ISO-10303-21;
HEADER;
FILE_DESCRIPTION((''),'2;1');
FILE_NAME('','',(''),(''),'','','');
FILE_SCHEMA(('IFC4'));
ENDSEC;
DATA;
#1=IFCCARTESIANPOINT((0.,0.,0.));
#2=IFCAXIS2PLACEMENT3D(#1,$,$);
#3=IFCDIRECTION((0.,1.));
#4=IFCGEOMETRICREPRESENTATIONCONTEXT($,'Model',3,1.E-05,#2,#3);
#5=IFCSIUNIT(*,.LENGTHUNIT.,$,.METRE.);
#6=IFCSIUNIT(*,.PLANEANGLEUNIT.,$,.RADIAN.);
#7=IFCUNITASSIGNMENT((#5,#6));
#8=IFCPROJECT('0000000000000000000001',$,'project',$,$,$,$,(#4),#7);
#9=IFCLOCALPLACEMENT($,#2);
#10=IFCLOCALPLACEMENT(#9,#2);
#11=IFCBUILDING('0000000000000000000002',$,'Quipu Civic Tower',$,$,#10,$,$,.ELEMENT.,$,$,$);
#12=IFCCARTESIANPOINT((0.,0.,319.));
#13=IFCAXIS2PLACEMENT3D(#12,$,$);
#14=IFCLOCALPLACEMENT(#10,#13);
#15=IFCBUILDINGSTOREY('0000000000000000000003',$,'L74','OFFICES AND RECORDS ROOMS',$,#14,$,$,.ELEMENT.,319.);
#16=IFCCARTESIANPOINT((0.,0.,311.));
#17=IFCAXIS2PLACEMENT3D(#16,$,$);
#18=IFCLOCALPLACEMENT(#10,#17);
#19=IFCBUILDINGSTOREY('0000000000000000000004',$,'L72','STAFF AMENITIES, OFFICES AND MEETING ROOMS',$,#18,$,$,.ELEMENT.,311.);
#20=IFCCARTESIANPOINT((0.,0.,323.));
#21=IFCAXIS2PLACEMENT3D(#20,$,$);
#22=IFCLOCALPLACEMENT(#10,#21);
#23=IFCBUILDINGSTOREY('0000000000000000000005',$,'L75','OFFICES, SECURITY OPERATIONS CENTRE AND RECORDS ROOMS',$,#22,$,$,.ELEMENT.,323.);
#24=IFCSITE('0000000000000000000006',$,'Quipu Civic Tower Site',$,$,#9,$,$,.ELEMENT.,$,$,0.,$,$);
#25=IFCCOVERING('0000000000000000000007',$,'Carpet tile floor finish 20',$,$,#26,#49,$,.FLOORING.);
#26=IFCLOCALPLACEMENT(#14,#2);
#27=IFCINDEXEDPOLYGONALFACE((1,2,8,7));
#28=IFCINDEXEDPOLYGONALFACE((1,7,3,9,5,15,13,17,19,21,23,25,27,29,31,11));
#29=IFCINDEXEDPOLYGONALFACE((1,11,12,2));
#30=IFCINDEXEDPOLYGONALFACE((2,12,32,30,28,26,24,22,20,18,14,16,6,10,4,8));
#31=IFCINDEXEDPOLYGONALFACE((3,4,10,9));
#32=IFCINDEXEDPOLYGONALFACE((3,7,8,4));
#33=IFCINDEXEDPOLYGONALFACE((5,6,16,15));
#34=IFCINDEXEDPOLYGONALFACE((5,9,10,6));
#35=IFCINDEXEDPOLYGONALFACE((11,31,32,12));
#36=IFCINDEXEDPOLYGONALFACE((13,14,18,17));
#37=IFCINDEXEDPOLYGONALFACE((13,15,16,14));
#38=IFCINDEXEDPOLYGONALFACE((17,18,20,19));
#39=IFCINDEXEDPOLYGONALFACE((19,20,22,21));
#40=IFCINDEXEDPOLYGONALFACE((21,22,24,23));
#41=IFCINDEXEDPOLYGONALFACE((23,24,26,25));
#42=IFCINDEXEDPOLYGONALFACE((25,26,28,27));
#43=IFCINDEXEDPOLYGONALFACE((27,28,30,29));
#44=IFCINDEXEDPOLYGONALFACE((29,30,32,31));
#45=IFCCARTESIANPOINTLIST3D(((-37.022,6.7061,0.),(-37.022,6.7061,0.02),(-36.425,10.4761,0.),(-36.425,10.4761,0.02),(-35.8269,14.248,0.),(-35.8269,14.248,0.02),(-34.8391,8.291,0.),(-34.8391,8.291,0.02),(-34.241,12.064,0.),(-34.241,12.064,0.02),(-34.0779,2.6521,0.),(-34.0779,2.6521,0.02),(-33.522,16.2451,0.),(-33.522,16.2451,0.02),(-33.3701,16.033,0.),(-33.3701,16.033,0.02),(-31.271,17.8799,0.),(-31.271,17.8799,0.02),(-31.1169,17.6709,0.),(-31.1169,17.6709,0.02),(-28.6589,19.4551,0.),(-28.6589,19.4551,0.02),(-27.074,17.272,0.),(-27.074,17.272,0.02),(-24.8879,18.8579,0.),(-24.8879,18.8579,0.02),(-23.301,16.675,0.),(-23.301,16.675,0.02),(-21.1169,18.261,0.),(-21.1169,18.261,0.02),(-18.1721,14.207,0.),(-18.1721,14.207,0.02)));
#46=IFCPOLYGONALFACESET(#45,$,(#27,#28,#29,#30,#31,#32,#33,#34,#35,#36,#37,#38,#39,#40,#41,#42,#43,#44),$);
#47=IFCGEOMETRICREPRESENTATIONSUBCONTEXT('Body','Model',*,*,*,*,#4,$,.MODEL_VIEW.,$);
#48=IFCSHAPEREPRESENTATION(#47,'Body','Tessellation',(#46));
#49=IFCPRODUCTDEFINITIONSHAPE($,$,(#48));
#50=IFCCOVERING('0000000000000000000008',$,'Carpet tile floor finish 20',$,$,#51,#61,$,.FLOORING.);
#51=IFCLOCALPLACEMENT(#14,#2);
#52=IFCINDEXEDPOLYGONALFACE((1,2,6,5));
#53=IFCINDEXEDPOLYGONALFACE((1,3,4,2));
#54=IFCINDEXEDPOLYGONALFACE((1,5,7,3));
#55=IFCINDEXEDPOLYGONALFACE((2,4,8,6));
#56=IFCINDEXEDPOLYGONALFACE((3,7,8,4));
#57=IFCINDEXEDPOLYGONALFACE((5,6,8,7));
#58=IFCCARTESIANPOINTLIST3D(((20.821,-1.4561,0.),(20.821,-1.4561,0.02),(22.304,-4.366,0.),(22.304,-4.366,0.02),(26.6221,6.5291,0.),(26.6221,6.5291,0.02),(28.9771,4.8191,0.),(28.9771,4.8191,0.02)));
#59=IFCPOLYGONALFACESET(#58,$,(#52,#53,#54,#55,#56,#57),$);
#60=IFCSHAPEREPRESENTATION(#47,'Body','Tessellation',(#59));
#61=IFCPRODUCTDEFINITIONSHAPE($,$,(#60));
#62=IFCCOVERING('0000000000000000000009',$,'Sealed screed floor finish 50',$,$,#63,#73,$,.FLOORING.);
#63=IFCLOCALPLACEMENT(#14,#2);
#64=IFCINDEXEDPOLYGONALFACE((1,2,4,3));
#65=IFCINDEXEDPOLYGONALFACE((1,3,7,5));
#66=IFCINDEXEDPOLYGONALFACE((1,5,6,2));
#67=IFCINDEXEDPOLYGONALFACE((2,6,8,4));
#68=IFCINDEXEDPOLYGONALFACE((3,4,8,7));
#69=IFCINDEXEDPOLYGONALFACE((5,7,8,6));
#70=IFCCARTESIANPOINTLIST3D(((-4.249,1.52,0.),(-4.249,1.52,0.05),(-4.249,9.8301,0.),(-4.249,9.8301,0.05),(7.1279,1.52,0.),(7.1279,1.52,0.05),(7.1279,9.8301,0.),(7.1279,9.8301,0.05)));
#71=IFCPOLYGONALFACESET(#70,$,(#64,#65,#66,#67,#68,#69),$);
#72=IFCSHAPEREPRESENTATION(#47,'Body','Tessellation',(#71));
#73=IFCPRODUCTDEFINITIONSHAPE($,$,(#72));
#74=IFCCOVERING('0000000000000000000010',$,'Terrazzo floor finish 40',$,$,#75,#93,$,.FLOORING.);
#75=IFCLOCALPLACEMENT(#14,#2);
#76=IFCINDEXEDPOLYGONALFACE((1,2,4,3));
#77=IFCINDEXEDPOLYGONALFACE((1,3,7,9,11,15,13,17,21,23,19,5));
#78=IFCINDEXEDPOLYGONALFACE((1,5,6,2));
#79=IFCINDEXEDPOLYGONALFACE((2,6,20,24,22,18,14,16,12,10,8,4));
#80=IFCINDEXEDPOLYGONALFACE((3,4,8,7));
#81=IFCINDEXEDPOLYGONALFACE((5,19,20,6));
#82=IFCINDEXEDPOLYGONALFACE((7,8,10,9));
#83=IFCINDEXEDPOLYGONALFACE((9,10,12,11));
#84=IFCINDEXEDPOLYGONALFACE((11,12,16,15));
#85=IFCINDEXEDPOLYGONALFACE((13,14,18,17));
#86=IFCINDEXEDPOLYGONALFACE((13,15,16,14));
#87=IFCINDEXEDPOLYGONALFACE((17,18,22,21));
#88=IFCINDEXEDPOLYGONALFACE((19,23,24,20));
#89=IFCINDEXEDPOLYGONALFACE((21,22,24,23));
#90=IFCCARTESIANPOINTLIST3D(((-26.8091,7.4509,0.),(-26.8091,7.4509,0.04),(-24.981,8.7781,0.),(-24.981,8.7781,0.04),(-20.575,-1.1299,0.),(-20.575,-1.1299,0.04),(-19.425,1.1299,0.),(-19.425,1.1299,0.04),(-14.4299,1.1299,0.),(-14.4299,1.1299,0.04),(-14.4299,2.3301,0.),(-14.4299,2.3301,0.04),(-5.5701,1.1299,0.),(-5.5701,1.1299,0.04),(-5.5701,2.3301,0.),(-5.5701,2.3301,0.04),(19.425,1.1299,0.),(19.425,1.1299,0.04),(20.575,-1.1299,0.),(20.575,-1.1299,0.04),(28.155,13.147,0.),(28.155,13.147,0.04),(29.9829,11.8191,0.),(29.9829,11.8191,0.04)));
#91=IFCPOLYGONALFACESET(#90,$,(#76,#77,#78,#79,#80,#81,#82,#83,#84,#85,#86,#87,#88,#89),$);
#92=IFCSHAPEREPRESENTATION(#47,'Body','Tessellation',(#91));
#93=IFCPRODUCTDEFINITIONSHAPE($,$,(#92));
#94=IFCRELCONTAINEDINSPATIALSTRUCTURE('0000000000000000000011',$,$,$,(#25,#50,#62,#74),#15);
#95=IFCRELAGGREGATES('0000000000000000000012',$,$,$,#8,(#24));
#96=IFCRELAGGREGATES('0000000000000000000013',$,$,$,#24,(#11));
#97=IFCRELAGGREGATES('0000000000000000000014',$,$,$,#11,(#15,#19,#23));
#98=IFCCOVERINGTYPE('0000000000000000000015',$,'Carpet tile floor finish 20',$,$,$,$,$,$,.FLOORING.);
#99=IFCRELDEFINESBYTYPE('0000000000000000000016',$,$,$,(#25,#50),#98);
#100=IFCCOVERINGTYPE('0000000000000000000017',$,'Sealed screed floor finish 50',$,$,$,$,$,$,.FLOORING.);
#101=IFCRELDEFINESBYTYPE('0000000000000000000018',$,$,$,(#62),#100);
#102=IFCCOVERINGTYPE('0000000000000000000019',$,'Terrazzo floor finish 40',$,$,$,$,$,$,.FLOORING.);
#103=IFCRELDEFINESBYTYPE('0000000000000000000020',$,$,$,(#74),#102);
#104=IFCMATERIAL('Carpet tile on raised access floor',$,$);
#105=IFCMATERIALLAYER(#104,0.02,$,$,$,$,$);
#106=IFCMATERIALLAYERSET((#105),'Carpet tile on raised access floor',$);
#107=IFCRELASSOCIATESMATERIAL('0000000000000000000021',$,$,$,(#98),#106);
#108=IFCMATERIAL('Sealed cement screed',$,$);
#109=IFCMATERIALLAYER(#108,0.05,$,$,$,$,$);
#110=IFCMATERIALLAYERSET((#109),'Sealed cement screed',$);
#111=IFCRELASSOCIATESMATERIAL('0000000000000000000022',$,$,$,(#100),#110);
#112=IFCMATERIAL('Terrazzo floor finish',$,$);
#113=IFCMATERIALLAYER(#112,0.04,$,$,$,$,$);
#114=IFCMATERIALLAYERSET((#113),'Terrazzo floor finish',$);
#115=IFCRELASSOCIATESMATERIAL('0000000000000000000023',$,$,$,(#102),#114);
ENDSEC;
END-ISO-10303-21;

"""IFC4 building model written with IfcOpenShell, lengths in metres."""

from ifc_helpers import new_model, si_unit, direction, frame, origin, place, context, subcontext, project, spatial, polyline, outline, extrude, material, layer, layer_set, type_object, element, save


model = new_model("IFC4")

# Units and contexts
model_context = context("Model", 3, precision=1e-05, world=origin(), true_north=direction((0.0, 1.0)))
body_context = subcontext(model_context, "Body", "Model", "MODEL_VIEW")
ifc_project = project(units=[si_unit("LENGTHUNIT", "METRE"), si_unit("PLANEANGLEUNIT", "RADIAN")], contexts=[model_context])

# Site, building, storey
site_placement = place(None, origin())
site = spatial("IfcSite", under=ifc_project, at=site_placement, Name="Quipu Civic Tower Site", CompositionType="ELEMENT", RefElevation=0.0)
building_placement = place(site_placement, origin())
building = spatial("IfcBuilding", under=site, at=building_placement, Name="Quipu Civic Tower", CompositionType="ELEMENT")
storey_1_placement = place(building_placement, frame((0.0, 0.0, 319.0)))
storey_1 = spatial("IfcBuildingStorey", under=building, at=storey_1_placement, Name="L74", Description="OFFICES AND RECORDS ROOMS", CompositionType="ELEMENT", Elevation=319.0)

# Shared definitions
storey_2_placement = place(building_placement, frame((0.0, 0.0, 311.0)))
storey_2 = spatial("IfcBuildingStorey", under=building, at=storey_2_placement, Name="L72", Description="STAFF AMENITIES, OFFICES AND MEETING ROOMS", CompositionType="ELEMENT", Elevation=311.0)

# Shared definitions
storey_3_placement = place(building_placement, frame((0.0, 0.0, 323.0)))
storey_3 = spatial("IfcBuildingStorey", under=building, at=storey_3_placement, Name="L75", Description="OFFICES, SECURITY OPERATIONS CENTRE AND RECORDS ROOMS", CompositionType="ELEMENT", Elevation=323.0)

# Coverings
ifc_material_1 = material(Name="Carpet tile on raised access floor")
ifc_layer_1 = layer(ifc_material_1, 0.02)
ifc_layer_set_1 = layer_set([ifc_layer_1], Name="Carpet tile on raised access floor")
covering_type_1 = type_object("IfcCoveringType", Name="Carpet tile floor finish 20", PredefinedType="FLOORING", material=ifc_layer_set_1)
covering_1_placement = place(storey_1_placement, origin())
element("IfcCovering", 1, at=covering_1_placement, inside=storey_1, type_object=covering_type_1, Name="Carpet tile floor finish 20", PredefinedType="FLOORING", context=body_context, shape_type="SweptSolid", body=[
    extrude(outline(polyline([(-37.022, 6.7061), (-34.8391, 8.291), (-36.425, 10.4761), (-34.241, 12.064), (-35.8269, 14.248), (-33.3701, 16.033), (-33.522, 16.2451), (-31.271, 17.8799), (-31.1169, 17.6709), (-28.6589, 19.4551), (-27.074, 17.272), (-24.8879, 18.8579), (-23.301, 16.675), (-21.1169, 18.261), (-18.1721, 14.207), (-34.0779, 2.6521), (-37.022, 6.7061)])), origin(), (0.0, 0.0, 1.0), 0.02),
])
covering_2_placement = place(storey_1_placement, origin())
element("IfcCovering", 2, at=covering_2_placement, inside=storey_1, type_object=covering_type_1, Name="Carpet tile floor finish 20", PredefinedType="FLOORING", context=body_context, shape_type="SweptSolid", body=[
    extrude(outline(polyline([(20.821, -1.4561), (26.6221, 6.5291), (28.9771, 4.8191), (22.304, -4.366), (20.821, -1.4561)])), origin(), (0.0, 0.0, 1.0), 0.02),
])
ifc_material_2 = material(Name="Sealed cement screed")
ifc_layer_2 = layer(ifc_material_2, 0.05)
ifc_layer_set_2 = layer_set([ifc_layer_2], Name="Sealed cement screed")
covering_type_2 = type_object("IfcCoveringType", Name="Sealed screed floor finish 50", PredefinedType="FLOORING", material=ifc_layer_set_2)
covering_3_placement = place(storey_1_placement, origin())
element("IfcCovering", 3, at=covering_3_placement, inside=storey_1, type_object=covering_type_2, Name="Sealed screed floor finish 50", PredefinedType="FLOORING", context=body_context, shape_type="SweptSolid", body=[
    extrude(outline(polyline([(-4.249, 1.52), (-4.249, 9.8301), (7.1279, 9.8301), (7.1279, 1.52), (-4.249, 1.52)])), origin(), (0.0, 0.0, 1.0), 0.05),
])
ifc_material_3 = material(Name="Terrazzo floor finish")
ifc_layer_3 = layer(ifc_material_3, 0.04)
ifc_layer_set_3 = layer_set([ifc_layer_3], Name="Terrazzo floor finish")
covering_type_3 = type_object("IfcCoveringType", Name="Terrazzo floor finish 40", PredefinedType="FLOORING", material=ifc_layer_set_3)
covering_4_placement = place(storey_1_placement, origin())
element("IfcCovering", 4, at=covering_4_placement, inside=storey_1, type_object=covering_type_3, Name="Terrazzo floor finish 40", PredefinedType="FLOORING", context=body_context, shape_type="SweptSolid", body=[
    extrude(outline(polyline([(19.425, 1.1299), (28.155, 13.147), (29.9829, 11.8191), (20.575, -1.1299), (-20.575, -1.1299), (-26.8091, 7.4509), (-24.981, 8.7781), (-19.425, 1.1299), (-14.4299, 1.1299), (-14.4299, 2.3301), (-5.5701, 2.3301), (-5.5701, 1.1299), (19.425, 1.1299)])), origin(), (0.0, 0.0, 1.0), 0.04),
])

save(model, "model.ifc")
